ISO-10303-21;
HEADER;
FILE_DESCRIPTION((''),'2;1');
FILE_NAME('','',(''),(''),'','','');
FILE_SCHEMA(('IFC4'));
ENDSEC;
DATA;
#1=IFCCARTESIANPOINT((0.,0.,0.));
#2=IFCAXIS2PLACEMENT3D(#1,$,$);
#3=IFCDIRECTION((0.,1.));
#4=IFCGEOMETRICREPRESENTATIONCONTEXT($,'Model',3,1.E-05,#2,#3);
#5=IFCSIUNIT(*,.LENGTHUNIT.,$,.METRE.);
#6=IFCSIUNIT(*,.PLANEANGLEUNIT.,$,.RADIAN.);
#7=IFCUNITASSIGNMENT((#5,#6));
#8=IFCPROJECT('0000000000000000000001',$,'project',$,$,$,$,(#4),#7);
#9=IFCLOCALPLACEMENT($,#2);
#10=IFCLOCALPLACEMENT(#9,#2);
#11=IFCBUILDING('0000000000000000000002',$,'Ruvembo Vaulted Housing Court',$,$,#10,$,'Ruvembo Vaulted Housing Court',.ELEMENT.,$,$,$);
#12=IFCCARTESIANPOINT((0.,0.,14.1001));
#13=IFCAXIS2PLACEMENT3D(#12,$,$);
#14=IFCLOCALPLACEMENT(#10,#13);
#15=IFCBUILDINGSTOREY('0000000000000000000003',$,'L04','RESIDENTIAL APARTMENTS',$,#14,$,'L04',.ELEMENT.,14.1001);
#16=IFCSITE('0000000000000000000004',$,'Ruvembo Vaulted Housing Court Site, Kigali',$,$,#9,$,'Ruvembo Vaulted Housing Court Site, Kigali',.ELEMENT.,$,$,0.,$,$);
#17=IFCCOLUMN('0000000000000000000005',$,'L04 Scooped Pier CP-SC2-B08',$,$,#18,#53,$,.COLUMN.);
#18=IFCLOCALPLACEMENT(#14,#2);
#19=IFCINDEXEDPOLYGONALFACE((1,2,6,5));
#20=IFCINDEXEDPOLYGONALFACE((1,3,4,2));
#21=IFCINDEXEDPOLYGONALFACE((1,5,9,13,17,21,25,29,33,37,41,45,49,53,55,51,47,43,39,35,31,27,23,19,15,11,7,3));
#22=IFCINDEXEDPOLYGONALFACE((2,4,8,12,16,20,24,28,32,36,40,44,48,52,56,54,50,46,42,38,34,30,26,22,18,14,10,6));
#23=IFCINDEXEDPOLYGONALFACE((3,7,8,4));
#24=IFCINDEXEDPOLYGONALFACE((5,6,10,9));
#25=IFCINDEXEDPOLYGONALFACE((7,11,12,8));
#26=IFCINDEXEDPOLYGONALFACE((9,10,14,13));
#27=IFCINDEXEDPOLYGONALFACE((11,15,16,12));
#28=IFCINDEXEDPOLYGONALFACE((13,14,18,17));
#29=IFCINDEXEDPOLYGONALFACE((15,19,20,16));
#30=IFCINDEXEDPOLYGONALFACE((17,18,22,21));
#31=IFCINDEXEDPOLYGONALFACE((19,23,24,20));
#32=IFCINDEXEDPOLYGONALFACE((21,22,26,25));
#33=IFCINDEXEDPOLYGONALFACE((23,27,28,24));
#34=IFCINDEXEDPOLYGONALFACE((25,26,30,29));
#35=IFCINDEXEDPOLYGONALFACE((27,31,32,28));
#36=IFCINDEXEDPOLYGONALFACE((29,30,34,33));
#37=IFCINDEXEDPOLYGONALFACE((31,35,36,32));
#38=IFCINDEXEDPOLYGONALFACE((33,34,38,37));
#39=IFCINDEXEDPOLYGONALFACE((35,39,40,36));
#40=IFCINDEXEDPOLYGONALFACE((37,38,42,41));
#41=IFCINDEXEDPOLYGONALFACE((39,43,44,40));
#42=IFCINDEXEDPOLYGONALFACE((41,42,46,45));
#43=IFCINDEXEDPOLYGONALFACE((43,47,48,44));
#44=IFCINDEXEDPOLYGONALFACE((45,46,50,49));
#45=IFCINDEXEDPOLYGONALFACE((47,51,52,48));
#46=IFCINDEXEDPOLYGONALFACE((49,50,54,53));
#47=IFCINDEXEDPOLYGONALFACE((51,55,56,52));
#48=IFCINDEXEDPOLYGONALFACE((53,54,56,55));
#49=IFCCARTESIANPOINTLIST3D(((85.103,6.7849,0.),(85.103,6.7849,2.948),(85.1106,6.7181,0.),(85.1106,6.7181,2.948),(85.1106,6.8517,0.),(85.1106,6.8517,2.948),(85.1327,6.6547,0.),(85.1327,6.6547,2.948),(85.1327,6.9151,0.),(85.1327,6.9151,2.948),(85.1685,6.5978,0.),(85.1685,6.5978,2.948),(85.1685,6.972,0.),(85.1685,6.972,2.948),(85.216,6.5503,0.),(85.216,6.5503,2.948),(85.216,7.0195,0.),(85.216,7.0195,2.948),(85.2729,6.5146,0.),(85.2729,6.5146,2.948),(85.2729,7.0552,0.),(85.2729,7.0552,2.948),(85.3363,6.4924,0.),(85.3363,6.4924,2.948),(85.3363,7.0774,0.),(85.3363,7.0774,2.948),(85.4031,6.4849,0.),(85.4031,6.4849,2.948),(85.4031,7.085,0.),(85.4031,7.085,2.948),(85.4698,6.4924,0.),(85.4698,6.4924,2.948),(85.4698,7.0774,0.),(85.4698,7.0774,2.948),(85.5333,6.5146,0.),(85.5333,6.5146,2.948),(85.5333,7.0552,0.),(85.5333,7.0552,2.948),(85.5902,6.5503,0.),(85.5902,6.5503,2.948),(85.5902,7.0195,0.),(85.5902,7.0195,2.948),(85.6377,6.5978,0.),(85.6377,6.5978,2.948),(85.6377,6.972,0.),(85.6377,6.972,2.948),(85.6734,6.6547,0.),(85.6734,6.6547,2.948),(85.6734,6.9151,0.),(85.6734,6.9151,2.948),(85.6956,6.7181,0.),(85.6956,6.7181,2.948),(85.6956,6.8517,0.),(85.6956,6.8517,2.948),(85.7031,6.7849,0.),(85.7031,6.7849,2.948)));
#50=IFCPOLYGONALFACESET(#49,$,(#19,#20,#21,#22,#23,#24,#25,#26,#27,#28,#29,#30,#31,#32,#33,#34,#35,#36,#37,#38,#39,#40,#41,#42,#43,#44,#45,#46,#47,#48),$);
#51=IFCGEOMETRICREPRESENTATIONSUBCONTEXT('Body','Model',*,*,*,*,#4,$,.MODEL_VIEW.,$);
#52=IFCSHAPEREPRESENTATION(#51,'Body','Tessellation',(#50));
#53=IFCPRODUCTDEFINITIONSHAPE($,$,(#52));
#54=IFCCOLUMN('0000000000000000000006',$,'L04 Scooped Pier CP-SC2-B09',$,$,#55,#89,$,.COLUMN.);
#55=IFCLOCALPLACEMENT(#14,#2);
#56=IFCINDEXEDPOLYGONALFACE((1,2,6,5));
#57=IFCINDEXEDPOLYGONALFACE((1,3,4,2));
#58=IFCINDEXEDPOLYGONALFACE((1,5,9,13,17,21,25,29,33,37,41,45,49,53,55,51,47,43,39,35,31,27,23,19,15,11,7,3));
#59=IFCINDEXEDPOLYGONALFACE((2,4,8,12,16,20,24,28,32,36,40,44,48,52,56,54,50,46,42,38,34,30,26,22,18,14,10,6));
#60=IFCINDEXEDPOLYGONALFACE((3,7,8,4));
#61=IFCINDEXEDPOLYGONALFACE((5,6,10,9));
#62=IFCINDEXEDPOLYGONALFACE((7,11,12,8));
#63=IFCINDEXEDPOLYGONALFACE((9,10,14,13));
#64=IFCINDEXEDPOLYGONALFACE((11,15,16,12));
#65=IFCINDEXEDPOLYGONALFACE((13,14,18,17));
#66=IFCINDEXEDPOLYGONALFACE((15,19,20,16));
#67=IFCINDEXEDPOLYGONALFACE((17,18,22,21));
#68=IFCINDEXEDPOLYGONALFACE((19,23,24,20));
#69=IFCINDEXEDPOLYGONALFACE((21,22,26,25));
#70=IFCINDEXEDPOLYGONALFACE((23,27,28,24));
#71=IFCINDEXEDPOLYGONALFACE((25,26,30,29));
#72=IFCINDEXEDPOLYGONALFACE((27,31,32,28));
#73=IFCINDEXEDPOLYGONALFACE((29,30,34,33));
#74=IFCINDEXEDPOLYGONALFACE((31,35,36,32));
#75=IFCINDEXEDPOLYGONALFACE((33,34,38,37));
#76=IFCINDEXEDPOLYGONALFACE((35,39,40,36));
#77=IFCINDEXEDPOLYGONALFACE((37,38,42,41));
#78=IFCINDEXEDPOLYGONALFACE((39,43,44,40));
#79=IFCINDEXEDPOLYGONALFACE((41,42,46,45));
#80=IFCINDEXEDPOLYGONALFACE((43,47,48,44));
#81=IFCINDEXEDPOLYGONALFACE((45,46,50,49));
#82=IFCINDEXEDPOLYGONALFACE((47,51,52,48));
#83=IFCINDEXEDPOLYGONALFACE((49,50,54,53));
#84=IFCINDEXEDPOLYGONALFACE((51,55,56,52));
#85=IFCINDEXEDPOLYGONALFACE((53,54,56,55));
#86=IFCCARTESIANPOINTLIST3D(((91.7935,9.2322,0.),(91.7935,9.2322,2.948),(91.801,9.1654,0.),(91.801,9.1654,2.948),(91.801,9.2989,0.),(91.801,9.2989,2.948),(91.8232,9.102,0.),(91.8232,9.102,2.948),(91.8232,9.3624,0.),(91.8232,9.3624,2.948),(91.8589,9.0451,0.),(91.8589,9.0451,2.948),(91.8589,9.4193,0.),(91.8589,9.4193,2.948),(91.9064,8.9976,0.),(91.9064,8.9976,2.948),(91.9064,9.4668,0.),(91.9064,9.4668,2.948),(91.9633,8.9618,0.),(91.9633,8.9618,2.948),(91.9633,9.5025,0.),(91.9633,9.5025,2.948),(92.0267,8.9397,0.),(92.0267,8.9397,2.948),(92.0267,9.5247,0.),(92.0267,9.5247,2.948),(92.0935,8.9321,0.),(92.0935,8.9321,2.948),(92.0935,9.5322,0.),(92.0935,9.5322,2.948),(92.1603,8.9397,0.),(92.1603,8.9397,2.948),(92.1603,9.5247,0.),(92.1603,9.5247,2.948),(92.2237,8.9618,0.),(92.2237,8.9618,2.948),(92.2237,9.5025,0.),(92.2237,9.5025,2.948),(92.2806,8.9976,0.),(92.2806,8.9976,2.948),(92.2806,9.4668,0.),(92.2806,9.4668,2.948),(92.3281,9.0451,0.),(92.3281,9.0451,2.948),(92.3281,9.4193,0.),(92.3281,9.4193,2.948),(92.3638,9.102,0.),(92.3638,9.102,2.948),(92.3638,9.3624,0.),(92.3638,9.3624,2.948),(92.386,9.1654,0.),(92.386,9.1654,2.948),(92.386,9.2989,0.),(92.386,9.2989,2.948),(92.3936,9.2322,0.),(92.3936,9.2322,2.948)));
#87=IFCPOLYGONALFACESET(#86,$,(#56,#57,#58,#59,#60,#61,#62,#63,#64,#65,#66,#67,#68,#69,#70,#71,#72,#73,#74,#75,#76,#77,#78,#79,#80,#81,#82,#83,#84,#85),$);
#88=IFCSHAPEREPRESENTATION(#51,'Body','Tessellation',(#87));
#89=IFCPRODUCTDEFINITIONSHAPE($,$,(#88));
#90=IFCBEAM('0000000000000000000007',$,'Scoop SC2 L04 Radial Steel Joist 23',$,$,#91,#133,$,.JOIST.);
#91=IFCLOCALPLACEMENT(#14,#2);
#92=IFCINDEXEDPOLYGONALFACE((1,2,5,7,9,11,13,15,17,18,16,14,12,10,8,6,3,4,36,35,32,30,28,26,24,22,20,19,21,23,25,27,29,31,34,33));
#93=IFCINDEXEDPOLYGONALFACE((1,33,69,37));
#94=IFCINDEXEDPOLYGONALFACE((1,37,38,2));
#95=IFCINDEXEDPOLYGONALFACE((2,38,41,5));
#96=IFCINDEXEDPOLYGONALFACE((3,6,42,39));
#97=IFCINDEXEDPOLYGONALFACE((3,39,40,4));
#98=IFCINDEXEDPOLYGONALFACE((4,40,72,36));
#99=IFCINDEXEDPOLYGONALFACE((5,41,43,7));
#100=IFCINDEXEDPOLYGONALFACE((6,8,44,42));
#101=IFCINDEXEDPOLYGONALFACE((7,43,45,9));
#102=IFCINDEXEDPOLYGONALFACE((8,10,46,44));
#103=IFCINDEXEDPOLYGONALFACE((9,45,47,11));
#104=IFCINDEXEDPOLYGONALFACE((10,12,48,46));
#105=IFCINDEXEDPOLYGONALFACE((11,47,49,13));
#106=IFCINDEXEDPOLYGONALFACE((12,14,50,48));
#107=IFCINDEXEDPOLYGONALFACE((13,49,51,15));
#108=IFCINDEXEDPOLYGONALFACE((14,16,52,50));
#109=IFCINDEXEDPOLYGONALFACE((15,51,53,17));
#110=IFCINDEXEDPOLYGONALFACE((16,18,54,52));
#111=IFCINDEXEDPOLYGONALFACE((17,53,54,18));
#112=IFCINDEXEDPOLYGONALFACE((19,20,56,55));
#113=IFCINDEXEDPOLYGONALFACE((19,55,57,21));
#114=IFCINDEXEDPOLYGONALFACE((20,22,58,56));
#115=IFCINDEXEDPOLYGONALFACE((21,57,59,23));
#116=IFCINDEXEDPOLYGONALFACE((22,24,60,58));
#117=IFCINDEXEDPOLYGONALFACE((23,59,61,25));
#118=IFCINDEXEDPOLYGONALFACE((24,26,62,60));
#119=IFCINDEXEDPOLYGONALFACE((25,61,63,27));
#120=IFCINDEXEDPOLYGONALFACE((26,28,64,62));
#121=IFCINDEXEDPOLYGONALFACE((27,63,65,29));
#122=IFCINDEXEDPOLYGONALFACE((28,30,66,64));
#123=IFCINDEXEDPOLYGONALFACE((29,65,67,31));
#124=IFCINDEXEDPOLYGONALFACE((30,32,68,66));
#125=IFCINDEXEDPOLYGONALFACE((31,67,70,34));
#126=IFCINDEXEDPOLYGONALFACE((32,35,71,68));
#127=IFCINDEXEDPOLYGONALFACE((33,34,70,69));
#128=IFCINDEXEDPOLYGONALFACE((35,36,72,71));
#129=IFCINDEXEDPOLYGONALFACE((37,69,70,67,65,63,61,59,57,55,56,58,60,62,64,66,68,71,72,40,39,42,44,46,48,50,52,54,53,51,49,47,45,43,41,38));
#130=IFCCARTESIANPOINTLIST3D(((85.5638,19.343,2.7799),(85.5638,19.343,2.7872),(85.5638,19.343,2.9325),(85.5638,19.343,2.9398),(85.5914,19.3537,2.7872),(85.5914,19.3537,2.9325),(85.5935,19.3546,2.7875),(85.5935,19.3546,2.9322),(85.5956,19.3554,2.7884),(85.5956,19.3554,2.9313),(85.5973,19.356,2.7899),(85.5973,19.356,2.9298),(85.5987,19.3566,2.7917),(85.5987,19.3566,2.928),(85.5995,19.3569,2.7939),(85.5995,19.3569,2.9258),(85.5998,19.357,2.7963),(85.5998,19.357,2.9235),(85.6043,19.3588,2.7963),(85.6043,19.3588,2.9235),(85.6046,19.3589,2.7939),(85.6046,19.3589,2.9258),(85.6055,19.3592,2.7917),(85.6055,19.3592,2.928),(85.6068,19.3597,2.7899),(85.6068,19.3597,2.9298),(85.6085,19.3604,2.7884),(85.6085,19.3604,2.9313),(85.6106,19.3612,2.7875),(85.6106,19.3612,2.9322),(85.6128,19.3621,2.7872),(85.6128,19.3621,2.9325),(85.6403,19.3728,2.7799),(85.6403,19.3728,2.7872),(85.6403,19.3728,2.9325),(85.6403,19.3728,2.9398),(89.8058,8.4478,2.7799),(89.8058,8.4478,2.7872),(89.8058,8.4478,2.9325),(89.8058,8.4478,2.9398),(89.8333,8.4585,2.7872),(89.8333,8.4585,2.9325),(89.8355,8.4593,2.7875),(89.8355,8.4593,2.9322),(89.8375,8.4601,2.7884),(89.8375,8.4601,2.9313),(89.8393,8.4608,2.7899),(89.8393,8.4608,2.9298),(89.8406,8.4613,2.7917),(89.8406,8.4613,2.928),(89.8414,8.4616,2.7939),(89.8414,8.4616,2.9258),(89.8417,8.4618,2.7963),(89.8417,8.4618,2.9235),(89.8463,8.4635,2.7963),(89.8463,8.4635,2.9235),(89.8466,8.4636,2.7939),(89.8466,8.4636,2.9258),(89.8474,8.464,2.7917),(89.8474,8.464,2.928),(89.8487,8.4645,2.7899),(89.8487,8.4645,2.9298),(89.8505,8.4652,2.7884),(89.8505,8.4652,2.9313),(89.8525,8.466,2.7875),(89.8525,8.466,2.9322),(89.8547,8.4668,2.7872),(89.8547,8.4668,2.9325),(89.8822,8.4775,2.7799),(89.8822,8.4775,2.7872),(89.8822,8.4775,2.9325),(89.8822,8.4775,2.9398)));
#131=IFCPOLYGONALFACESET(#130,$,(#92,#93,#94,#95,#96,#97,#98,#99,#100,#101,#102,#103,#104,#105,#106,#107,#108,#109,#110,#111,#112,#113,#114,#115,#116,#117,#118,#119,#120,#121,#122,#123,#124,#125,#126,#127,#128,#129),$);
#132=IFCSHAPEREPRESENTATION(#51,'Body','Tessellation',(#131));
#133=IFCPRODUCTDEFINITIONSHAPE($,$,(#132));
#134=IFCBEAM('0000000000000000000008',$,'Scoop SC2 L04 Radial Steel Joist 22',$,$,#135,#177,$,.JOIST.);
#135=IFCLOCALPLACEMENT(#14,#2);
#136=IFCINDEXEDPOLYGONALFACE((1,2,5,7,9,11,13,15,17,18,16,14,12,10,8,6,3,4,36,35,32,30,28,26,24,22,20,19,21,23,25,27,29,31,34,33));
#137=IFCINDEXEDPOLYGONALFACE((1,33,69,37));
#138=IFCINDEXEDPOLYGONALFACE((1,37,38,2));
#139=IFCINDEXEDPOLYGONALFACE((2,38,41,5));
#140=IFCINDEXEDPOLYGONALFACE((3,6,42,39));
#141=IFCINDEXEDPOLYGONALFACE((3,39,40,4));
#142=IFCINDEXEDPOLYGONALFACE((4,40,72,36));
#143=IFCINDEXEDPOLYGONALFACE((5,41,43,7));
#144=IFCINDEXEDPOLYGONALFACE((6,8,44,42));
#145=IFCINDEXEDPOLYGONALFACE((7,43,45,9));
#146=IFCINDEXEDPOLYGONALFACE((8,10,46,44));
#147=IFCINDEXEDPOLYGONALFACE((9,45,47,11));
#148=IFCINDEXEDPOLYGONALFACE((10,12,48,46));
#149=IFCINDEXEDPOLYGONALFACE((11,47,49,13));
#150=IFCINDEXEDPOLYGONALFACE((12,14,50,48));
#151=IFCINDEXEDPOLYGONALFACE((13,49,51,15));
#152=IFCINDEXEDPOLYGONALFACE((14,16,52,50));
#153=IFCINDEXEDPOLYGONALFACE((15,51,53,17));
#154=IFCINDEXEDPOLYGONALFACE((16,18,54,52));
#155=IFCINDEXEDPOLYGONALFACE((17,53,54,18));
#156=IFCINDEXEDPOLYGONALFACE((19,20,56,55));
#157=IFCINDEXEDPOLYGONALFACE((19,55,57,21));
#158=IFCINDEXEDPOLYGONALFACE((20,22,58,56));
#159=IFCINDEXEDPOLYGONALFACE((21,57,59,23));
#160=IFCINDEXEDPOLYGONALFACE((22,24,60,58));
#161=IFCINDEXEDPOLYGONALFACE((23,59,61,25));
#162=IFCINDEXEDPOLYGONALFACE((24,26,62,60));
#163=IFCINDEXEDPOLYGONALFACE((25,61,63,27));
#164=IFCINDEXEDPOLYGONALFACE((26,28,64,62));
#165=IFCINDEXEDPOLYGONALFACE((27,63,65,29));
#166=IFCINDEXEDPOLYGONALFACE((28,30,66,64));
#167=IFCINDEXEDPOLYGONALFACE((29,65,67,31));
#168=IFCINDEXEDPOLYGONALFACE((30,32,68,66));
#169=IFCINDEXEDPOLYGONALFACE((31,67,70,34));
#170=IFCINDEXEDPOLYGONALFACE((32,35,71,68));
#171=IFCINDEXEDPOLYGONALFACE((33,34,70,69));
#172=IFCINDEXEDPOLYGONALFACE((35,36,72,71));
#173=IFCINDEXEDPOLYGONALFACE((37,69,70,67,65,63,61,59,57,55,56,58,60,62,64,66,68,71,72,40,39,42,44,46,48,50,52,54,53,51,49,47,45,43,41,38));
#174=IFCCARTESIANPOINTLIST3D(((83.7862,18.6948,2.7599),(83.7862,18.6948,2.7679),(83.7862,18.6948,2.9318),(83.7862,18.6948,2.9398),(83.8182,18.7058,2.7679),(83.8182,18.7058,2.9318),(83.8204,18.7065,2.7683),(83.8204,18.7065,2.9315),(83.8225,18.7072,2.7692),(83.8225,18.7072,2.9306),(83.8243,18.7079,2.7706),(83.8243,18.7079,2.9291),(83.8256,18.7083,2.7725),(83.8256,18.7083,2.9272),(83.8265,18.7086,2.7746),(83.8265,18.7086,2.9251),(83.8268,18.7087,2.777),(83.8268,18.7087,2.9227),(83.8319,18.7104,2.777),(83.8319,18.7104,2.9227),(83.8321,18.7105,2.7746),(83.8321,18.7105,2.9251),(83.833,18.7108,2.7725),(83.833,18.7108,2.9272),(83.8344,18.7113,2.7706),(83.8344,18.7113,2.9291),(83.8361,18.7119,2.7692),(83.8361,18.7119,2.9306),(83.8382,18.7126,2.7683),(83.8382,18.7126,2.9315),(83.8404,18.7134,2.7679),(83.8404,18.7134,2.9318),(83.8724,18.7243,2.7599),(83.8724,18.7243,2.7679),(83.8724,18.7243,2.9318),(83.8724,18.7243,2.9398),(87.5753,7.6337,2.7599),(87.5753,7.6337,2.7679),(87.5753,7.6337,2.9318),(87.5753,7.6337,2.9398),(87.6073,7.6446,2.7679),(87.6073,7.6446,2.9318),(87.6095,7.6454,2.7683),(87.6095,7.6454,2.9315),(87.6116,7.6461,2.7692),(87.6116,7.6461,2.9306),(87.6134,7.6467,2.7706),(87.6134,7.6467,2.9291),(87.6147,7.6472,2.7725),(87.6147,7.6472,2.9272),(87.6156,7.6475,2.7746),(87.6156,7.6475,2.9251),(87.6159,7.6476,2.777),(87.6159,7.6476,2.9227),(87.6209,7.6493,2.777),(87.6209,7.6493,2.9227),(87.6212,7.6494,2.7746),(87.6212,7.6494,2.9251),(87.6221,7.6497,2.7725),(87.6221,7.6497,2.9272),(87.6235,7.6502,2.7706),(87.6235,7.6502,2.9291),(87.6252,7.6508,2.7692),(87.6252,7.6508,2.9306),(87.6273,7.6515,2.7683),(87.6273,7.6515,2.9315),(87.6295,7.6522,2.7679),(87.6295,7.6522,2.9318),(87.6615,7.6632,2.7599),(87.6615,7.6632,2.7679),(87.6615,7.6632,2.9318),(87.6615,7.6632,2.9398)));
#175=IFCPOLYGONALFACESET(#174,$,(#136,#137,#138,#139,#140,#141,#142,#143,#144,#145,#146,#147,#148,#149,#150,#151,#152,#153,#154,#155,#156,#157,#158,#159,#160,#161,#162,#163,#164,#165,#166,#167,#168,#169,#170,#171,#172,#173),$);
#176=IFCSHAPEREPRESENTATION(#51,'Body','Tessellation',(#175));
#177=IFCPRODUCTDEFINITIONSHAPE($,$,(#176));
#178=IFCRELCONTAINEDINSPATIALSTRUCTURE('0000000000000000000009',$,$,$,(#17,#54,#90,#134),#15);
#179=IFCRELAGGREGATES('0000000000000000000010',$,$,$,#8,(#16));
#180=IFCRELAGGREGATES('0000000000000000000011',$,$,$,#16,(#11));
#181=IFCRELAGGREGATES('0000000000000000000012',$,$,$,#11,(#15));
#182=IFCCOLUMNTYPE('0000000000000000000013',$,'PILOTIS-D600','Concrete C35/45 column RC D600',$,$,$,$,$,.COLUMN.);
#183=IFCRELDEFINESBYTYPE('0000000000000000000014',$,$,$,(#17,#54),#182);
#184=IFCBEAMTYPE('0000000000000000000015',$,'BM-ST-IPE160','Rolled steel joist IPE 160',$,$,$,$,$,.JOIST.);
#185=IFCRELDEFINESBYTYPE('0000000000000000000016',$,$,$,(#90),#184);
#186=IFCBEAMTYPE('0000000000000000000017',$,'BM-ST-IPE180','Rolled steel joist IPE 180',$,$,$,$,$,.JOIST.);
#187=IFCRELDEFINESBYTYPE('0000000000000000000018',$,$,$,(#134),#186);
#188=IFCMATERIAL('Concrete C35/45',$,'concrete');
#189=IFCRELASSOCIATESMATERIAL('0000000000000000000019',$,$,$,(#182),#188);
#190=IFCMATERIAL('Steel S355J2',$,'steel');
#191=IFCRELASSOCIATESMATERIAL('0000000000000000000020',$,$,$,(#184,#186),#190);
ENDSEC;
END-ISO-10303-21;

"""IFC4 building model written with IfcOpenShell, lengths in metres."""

from ifc_helpers import new_model, si_unit, direction, frame, origin, origin_2d, place, context, subcontext, project, spatial, circle, i_section, extrude, material, material_profile, profile_set, type_object, element, save


model = new_model("IFC4")

# Units and contexts
model_context = context("Model", 3, precision=1e-05, world=origin(), true_north=direction((0.0, 1.0)))
body_context = subcontext(model_context, "Body", "Model", "MODEL_VIEW")
ifc_project = project(units=[si_unit("LENGTHUNIT", "METRE"), si_unit("PLANEANGLEUNIT", "RADIAN")], contexts=[model_context])

# Site, building, storey
site_placement = place(None, origin())
site = spatial("IfcSite", under=ifc_project, at=site_placement, Name="Ruvembo Vaulted Housing Court Site, Kigali", LongName="Ruvembo Vaulted Housing Court Site, Kigali", CompositionType="ELEMENT", RefElevation=0.0)
building_placement = place(site_placement, origin())
building = spatial("IfcBuilding", under=site, at=building_placement, Name="Ruvembo Vaulted Housing Court", LongName="Ruvembo Vaulted Housing Court", CompositionType="ELEMENT")
storey_placement = place(building_placement, frame((0.0, 0.0, 14.1001)))
storey = spatial("IfcBuildingStorey", under=building, at=storey_placement, Name="L04", Description="RESIDENTIAL APARTMENTS", LongName="L04", CompositionType="ELEMENT", Elevation=14.1001)

# Columns
ifc_material_1 = material(Name="Concrete C35/45", Category="concrete")
ifc_material_profile_1 = material_profile(ifc_material_1, circle(Radius=0.3, at=origin_2d()), Name="RC D600")
ifc_profile_set_1 = profile_set([ifc_material_profile_1], Name="Concrete C35/45")
column_type = type_object("IfcColumnType", Name="PILOTIS-D600", Description="Concrete C35/45 column RC D600", PredefinedType="COLUMN", material=ifc_profile_set_1)
for number, where, z_axis, x_axis, name in (
    (1, (85.4031, 6.7849, 0.0), (0.0, 0.0, 1.0), (1.0, 0.0, 0.0), "L04 Scooped Pier CP-SC2-B08"),
    (2, (92.0935, 9.2322, 0.0), (0.0, 0.0, 1.0), (1.0, 0.0, 0.0), "L04 Scooped Pier CP-SC2-B09"),
):
    element("IfcColumn", number, at=place(storey_placement, frame(where, z_axis=z_axis, x_axis=x_axis)), inside=storey, type_object=column_type, Name=name, PredefinedType="COLUMN", context=body_context, shape_type="SweptSolid", body=[
        extrude(circle(Radius=0.3, at=origin_2d()), origin(), (0.0, 0.0, 1.0), 2.948),
    ])

# Beams
ifc_material_2 = material(Name="Steel S355J2", Category="steel")
ifc_material_profile_2 = material_profile(ifc_material_2, i_section(OverallWidth=0.082, OverallDepth=0.1599, WebThickness=0.0049, FlangeThickness=0.0073, FilletRadius=0.009, at=origin_2d()), Name="IPE 160")
ifc_profile_set_2 = profile_set([ifc_material_profile_2], Name="Steel S355J2")
beam_type_1 = type_object("IfcBeamType", Name="BM-ST-IPE160", Description="Rolled steel joist IPE 160", PredefinedType="JOIST", material=ifc_profile_set_2)
beam_1_placement = place(storey_placement, frame((89.844, 8.4626, 2.8599), z_axis=(-0.36281, 0.931863, 0.0), x_axis=(-0.931863, -0.36281, 0.0)))
element("IfcBeam", 3, at=beam_1_placement, inside=storey, type_object=beam_type_1, Name="Scoop SC2 L04 Radial Steel Joist 23", PredefinedType="JOIST", context=body_context, shape_type="SweptSolid", body=[
    extrude(i_section(OverallWidth=0.082, OverallDepth=0.1599, WebThickness=0.0049, FlangeThickness=0.0073, FilletRadius=0.009, at=origin_2d()), origin(), (0.0, 0.0, 1.0), 11.6919),
])
ifc_material_profile_3 = material_profile(ifc_material_2, i_section(OverallWidth=0.0911, OverallDepth=0.1799, WebThickness=0.0054, FlangeThickness=0.0081, FilletRadius=0.009, at=origin_2d()), Name="IPE 180")
ifc_profile_set_3 = profile_set([ifc_material_profile_3], Name="Steel S355J2")
beam_type_2 = type_object("IfcBeamType", Name="BM-ST-IPE180", Description="Rolled steel joist IPE 180", PredefinedType="JOIST", material=ifc_profile_set_3)
beam_2_placement = place(storey_placement, frame((87.6184, 7.6484, 2.8499), z_axis=(-0.324072, 0.946032, 0.0), x_axis=(-0.946032, -0.324072, 0.0)))
element("IfcBeam", 4, at=beam_2_placement, inside=storey, type_object=beam_type_2, Name="Scoop SC2 L04 Radial Steel Joist 22", PredefinedType="JOIST", context=body_context, shape_type="SweptSolid", body=[
    extrude(i_section(OverallWidth=0.0911, OverallDepth=0.1799, WebThickness=0.0054, FlangeThickness=0.0081, FilletRadius=0.009, at=origin_2d()), origin(), (0.0, 0.0, 1.0), 11.6921),
])

save(model, "model.ifc")
